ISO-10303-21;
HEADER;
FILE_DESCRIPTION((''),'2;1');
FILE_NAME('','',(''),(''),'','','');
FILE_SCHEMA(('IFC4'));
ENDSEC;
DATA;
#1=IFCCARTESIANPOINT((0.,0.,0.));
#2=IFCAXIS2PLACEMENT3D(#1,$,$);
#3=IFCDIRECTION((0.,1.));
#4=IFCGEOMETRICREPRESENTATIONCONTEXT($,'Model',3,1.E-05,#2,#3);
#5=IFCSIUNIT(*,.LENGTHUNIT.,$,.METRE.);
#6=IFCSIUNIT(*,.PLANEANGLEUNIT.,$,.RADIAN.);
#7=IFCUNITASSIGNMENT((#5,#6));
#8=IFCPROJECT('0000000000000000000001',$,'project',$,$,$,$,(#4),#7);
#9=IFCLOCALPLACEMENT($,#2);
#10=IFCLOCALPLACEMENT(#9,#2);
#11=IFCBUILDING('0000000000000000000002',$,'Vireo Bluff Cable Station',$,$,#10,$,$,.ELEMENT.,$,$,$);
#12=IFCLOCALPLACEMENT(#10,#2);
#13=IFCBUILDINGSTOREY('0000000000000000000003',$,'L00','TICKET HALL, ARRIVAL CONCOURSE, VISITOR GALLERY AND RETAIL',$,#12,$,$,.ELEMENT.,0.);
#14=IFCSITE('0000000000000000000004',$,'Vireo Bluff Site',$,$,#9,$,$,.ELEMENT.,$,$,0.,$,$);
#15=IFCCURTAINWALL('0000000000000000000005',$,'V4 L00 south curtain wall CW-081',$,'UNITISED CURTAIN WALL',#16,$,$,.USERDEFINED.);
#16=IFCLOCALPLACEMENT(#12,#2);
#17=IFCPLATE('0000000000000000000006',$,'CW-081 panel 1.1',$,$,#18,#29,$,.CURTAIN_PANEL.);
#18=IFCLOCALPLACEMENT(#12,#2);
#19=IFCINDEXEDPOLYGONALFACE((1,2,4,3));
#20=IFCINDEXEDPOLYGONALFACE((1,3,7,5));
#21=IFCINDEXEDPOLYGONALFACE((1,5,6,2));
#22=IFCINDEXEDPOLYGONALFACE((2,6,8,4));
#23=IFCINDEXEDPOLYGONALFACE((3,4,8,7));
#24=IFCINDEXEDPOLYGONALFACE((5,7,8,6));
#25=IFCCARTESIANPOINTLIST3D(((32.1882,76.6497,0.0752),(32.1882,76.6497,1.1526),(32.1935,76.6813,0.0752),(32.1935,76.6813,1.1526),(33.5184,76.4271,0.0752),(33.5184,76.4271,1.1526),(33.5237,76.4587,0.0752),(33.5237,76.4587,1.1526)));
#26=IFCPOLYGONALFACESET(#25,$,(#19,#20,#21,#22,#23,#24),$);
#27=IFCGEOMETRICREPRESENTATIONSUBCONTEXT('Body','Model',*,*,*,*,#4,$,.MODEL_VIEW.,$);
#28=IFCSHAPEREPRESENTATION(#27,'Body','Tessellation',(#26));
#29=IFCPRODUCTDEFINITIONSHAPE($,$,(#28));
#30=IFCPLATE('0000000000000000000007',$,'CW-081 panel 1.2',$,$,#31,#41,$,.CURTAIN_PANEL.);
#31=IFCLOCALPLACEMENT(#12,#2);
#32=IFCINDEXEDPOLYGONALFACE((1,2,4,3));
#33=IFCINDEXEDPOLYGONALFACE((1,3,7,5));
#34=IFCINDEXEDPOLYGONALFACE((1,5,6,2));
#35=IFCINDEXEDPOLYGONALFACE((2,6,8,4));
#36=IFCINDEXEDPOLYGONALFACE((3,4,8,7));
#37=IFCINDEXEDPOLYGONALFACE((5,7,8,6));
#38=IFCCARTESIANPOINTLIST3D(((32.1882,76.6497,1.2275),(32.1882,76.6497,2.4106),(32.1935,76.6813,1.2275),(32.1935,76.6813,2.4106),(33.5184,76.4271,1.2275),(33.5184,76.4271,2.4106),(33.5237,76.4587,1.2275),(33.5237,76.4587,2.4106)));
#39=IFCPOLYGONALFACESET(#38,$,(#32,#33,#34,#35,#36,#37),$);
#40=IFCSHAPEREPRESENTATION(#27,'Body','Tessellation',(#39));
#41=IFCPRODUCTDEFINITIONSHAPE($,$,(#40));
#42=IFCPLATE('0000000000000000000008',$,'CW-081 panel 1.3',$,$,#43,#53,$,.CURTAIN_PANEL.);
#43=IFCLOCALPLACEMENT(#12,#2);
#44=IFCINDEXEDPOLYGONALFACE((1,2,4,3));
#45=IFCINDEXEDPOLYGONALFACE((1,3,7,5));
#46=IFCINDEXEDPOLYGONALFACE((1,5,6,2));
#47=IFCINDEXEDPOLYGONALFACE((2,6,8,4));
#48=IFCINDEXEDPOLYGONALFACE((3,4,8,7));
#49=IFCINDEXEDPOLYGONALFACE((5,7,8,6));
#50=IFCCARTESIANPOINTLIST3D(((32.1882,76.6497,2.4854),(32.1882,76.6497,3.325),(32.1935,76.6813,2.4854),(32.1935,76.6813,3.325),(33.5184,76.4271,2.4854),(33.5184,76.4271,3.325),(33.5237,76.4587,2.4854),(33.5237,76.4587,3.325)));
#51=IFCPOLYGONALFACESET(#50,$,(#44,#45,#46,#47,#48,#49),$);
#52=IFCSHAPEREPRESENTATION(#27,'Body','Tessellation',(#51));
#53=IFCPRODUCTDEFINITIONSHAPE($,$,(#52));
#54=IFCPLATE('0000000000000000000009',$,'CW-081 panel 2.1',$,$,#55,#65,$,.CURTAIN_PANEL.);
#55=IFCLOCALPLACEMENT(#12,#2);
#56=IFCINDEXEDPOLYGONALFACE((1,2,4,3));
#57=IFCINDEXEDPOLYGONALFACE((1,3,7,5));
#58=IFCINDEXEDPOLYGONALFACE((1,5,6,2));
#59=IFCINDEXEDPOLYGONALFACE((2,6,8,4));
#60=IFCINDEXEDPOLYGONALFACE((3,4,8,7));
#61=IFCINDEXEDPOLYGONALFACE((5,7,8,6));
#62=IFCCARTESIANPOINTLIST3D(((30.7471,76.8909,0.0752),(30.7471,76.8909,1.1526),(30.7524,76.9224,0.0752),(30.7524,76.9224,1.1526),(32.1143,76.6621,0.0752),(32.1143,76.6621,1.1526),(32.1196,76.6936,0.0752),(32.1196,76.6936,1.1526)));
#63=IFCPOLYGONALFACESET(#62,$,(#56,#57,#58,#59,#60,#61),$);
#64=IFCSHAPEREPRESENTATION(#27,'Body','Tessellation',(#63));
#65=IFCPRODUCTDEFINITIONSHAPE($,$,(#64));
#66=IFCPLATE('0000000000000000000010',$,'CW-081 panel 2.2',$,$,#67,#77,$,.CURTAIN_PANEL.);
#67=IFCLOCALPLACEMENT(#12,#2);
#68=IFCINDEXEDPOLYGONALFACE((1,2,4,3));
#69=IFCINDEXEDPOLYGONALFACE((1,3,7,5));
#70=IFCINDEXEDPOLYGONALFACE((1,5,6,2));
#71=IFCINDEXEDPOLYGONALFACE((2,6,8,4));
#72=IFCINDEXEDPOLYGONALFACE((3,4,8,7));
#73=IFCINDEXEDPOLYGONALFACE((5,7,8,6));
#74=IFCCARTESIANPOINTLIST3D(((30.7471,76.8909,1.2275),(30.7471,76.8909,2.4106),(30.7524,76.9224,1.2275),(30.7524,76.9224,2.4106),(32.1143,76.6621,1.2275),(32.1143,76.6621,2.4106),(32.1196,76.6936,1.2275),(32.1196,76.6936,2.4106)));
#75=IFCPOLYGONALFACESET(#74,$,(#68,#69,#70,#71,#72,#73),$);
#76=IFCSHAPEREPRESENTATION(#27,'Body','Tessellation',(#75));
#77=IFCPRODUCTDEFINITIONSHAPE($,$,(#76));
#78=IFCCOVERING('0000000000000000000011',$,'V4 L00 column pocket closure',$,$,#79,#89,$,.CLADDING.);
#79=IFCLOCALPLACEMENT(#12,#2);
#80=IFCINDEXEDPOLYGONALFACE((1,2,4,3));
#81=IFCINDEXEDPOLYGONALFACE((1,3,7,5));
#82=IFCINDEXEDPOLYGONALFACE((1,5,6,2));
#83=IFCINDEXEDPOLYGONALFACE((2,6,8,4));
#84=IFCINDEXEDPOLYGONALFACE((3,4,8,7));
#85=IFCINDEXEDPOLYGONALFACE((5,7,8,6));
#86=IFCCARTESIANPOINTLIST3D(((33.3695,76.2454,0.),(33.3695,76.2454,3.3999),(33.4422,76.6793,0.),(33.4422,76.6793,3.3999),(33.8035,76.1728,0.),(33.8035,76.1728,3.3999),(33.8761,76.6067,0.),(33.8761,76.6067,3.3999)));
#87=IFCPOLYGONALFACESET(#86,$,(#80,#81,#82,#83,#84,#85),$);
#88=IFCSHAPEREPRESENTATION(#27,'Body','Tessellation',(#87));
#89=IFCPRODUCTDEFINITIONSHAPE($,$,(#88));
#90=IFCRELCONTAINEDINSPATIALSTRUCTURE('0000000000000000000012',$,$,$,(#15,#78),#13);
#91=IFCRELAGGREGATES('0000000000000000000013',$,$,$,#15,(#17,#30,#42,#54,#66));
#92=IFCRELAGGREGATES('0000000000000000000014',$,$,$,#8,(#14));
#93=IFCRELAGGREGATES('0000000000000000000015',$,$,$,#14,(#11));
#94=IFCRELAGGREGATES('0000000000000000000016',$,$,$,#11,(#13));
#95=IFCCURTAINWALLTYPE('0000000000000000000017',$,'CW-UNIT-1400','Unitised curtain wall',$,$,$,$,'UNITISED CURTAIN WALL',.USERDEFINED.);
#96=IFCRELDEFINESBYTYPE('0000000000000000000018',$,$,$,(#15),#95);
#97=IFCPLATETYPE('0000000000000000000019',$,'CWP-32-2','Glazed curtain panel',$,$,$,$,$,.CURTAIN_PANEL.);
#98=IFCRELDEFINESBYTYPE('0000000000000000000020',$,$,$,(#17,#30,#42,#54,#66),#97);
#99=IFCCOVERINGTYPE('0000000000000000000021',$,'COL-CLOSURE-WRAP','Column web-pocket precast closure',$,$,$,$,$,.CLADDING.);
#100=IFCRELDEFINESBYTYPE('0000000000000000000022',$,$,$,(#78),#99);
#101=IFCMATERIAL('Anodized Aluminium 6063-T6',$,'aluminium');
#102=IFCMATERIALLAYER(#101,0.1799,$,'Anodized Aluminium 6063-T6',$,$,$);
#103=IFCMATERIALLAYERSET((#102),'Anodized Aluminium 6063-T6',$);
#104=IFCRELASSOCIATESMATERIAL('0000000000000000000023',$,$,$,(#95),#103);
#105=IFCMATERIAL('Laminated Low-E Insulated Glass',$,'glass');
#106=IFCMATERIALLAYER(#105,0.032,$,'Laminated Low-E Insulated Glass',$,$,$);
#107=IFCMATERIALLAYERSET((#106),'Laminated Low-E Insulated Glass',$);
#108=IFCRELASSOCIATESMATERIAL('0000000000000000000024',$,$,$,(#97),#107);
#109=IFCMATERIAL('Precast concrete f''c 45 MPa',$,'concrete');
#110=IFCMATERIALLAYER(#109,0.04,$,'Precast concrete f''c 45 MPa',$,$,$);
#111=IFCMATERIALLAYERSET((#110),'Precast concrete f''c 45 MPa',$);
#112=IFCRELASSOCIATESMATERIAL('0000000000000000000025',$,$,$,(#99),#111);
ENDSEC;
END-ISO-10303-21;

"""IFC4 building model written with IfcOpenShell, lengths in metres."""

from ifc_helpers import new_model, si_unit, direction, frame, origin, origin_2d, place, context, subcontext, project, spatial, rectangle, extrude, material, layer, layer_set, type_object, element, aggregate, save


model = new_model("IFC4")

# Units and contexts
model_context = context("Model", 3, precision=1e-05, world=origin(), true_north=direction((0.0, 1.0)))
body_context = subcontext(model_context, "Body", "Model", "MODEL_VIEW")
ifc_project = project(units=[si_unit("LENGTHUNIT", "METRE"), si_unit("PLANEANGLEUNIT", "RADIAN")], contexts=[model_context])

# Site, building, storey
site_placement = place(None, origin())
site = spatial("IfcSite", under=ifc_project, at=site_placement, Name="Vireo Bluff Site", CompositionType="ELEMENT", RefElevation=0.0)
building_placement = place(site_placement, origin())
building = spatial("IfcBuilding", under=site, at=building_placement, Name="Vireo Bluff Cable Station", CompositionType="ELEMENT")
storey_placement = place(building_placement, origin())
storey = spatial("IfcBuildingStorey", under=building, at=storey_placement, Name="L00", Description="TICKET HALL, ARRIVAL CONCOURSE, VISITOR GALLERY AND RETAIL", CompositionType="ELEMENT", Elevation=0.0)

# Curtain wall
ifc_material_1 = material(Name="Anodized Aluminium 6063-T6", Category="aluminium")
ifc_layer_1 = layer(ifc_material_1, 0.1799, Name="Anodized Aluminium 6063-T6")
ifc_layer_set_1 = layer_set([ifc_layer_1], Name="Anodized Aluminium 6063-T6")
curtain_wall_type = type_object("IfcCurtainWallType", Name="CW-UNIT-1400", Description="Unitised curtain wall", ElementType="UNITISED CURTAIN WALL", PredefinedType="USERDEFINED", material=ifc_layer_set_1)
curtain_wall_placement = place(storey_placement, origin())
curtain_wall = element("IfcCurtainWall", 1, at=curtain_wall_placement, inside=storey, type_object=curtain_wall_type, Name="V4 L00 south curtain wall CW-081", ObjectType="UNITISED CURTAIN WALL", PredefinedType="USERDEFINED")

# Plates
ifc_material_2 = material(Name="Laminated Low-E Insulated Glass", Category="glass")
ifc_layer_2 = layer(ifc_material_2, 0.032, Name="Laminated Low-E Insulated Glass")
ifc_layer_set_2 = layer_set([ifc_layer_2], Name="Laminated Low-E Insulated Glass")
plate_type_1 = type_object("IfcPlateType", Name="CWP-32-2", Description="Glazed curtain panel", PredefinedType="CURTAIN_PANEL", material=ifc_layer_set_2)
plate_1_placement = place(storey_placement, frame((32.856, 76.5542, 0.0752), z_axis=(0.0, 0.0, 1.0), x_axis=(-0.986286, 0.165048, 0.0)))
plate_1 = element("IfcPlate", 2, at=plate_1_placement, type_object=plate_type_1, Name="CW-081 panel 1.1", PredefinedType="CURTAIN_PANEL", context=body_context, shape_type="SweptSolid", body=[
    extrude(rectangle(XDim=1.3486, YDim=0.032, at=origin_2d()), origin(), (0.0, 0.0, 1.0), 1.0774),
])
plate_2_placement = place(storey_placement, frame((32.856, 76.5542, 1.2275), z_axis=(0.0, 0.0, 1.0), x_axis=(-0.986286, 0.165048, 0.0)))
plate_2 = element("IfcPlate", 3, at=plate_2_placement, type_object=plate_type_1, Name="CW-081 panel 1.2", PredefinedType="CURTAIN_PANEL", context=body_context, shape_type="SweptSolid", body=[
    extrude(rectangle(XDim=1.3486, YDim=0.032, at=origin_2d()), origin(), (0.0, 0.0, 1.0), 1.1831),
])
plate_3_placement = place(storey_placement, frame((32.856, 76.5542, 2.4854), z_axis=(0.0, 0.0, 1.0), x_axis=(-0.986286, 0.165048, 0.0)))
plate_3 = element("IfcPlate", 4, at=plate_3_placement, type_object=plate_type_1, Name="CW-081 panel 1.3", PredefinedType="CURTAIN_PANEL", context=body_context, shape_type="SweptSolid", body=[
    extrude(rectangle(XDim=1.3486, YDim=0.032, at=origin_2d()), origin(), (0.0, 0.0, 1.0), 0.8396),
])
plate_4_placement = place(storey_placement, frame((31.4333, 76.7922, 0.0752), z_axis=(0.0, 0.0, 1.0), x_axis=(-0.986286, 0.165048, 0.0)))
plate_4 = element("IfcPlate", 5, at=plate_4_placement, type_object=plate_type_1, Name="CW-081 panel 2.1", PredefinedType="CURTAIN_PANEL", context=body_context, shape_type="SweptSolid", body=[
    extrude(rectangle(XDim=1.3862, YDim=0.032, at=origin_2d()), origin(), (0.0, 0.0, 1.0), 1.0774),
])
plate_5_placement = place(storey_placement, frame((31.4333, 76.7922, 1.2275), z_axis=(0.0, 0.0, 1.0), x_axis=(-0.986286, 0.165048, 0.0)))
plate_5 = element("IfcPlate", 6, at=plate_5_placement, type_object=plate_type_1, Name="CW-081 panel 2.2", PredefinedType="CURTAIN_PANEL", context=body_context, shape_type="SweptSolid", body=[
    extrude(rectangle(XDim=1.3862, YDim=0.032, at=origin_2d()), origin(), (0.0, 0.0, 1.0), 1.1831),
])
aggregate(curtain_wall, [plate_1, plate_2, plate_3, plate_4, plate_5])

# Covering
ifc_material_3 = material(Name="Precast concrete f'c 45 MPa", Category="concrete")
ifc_layer_3 = layer(ifc_material_3, 0.04, Name="Precast concrete f'c 45 MPa")
ifc_layer_set_3 = layer_set([ifc_layer_3], Name="Precast concrete f'c 45 MPa")
covering_type = type_object("IfcCoveringType", Name="COL-CLOSURE-WRAP", Description="Column web-pocket precast closure", PredefinedType="CLADDING", material=ifc_layer_set_3)
covering_placement = place(storey_placement, frame((33.6228, 76.426, 0.0), z_axis=(0.0, 0.0, 1.0), x_axis=(0.986286, -0.165048, 0.0)))
element("IfcCovering", 7, at=covering_placement, inside=storey, type_object=covering_type, Name="V4 L00 column pocket closure", PredefinedType="CLADDING", context=body_context, shape_type="SweptSolid", body=[
    extrude(rectangle(XDim=0.4399, YDim=0.4399, at=origin_2d()), origin(), (0.0, 0.0, 1.0), 3.3999),
])

save(model, "model.ifc")
